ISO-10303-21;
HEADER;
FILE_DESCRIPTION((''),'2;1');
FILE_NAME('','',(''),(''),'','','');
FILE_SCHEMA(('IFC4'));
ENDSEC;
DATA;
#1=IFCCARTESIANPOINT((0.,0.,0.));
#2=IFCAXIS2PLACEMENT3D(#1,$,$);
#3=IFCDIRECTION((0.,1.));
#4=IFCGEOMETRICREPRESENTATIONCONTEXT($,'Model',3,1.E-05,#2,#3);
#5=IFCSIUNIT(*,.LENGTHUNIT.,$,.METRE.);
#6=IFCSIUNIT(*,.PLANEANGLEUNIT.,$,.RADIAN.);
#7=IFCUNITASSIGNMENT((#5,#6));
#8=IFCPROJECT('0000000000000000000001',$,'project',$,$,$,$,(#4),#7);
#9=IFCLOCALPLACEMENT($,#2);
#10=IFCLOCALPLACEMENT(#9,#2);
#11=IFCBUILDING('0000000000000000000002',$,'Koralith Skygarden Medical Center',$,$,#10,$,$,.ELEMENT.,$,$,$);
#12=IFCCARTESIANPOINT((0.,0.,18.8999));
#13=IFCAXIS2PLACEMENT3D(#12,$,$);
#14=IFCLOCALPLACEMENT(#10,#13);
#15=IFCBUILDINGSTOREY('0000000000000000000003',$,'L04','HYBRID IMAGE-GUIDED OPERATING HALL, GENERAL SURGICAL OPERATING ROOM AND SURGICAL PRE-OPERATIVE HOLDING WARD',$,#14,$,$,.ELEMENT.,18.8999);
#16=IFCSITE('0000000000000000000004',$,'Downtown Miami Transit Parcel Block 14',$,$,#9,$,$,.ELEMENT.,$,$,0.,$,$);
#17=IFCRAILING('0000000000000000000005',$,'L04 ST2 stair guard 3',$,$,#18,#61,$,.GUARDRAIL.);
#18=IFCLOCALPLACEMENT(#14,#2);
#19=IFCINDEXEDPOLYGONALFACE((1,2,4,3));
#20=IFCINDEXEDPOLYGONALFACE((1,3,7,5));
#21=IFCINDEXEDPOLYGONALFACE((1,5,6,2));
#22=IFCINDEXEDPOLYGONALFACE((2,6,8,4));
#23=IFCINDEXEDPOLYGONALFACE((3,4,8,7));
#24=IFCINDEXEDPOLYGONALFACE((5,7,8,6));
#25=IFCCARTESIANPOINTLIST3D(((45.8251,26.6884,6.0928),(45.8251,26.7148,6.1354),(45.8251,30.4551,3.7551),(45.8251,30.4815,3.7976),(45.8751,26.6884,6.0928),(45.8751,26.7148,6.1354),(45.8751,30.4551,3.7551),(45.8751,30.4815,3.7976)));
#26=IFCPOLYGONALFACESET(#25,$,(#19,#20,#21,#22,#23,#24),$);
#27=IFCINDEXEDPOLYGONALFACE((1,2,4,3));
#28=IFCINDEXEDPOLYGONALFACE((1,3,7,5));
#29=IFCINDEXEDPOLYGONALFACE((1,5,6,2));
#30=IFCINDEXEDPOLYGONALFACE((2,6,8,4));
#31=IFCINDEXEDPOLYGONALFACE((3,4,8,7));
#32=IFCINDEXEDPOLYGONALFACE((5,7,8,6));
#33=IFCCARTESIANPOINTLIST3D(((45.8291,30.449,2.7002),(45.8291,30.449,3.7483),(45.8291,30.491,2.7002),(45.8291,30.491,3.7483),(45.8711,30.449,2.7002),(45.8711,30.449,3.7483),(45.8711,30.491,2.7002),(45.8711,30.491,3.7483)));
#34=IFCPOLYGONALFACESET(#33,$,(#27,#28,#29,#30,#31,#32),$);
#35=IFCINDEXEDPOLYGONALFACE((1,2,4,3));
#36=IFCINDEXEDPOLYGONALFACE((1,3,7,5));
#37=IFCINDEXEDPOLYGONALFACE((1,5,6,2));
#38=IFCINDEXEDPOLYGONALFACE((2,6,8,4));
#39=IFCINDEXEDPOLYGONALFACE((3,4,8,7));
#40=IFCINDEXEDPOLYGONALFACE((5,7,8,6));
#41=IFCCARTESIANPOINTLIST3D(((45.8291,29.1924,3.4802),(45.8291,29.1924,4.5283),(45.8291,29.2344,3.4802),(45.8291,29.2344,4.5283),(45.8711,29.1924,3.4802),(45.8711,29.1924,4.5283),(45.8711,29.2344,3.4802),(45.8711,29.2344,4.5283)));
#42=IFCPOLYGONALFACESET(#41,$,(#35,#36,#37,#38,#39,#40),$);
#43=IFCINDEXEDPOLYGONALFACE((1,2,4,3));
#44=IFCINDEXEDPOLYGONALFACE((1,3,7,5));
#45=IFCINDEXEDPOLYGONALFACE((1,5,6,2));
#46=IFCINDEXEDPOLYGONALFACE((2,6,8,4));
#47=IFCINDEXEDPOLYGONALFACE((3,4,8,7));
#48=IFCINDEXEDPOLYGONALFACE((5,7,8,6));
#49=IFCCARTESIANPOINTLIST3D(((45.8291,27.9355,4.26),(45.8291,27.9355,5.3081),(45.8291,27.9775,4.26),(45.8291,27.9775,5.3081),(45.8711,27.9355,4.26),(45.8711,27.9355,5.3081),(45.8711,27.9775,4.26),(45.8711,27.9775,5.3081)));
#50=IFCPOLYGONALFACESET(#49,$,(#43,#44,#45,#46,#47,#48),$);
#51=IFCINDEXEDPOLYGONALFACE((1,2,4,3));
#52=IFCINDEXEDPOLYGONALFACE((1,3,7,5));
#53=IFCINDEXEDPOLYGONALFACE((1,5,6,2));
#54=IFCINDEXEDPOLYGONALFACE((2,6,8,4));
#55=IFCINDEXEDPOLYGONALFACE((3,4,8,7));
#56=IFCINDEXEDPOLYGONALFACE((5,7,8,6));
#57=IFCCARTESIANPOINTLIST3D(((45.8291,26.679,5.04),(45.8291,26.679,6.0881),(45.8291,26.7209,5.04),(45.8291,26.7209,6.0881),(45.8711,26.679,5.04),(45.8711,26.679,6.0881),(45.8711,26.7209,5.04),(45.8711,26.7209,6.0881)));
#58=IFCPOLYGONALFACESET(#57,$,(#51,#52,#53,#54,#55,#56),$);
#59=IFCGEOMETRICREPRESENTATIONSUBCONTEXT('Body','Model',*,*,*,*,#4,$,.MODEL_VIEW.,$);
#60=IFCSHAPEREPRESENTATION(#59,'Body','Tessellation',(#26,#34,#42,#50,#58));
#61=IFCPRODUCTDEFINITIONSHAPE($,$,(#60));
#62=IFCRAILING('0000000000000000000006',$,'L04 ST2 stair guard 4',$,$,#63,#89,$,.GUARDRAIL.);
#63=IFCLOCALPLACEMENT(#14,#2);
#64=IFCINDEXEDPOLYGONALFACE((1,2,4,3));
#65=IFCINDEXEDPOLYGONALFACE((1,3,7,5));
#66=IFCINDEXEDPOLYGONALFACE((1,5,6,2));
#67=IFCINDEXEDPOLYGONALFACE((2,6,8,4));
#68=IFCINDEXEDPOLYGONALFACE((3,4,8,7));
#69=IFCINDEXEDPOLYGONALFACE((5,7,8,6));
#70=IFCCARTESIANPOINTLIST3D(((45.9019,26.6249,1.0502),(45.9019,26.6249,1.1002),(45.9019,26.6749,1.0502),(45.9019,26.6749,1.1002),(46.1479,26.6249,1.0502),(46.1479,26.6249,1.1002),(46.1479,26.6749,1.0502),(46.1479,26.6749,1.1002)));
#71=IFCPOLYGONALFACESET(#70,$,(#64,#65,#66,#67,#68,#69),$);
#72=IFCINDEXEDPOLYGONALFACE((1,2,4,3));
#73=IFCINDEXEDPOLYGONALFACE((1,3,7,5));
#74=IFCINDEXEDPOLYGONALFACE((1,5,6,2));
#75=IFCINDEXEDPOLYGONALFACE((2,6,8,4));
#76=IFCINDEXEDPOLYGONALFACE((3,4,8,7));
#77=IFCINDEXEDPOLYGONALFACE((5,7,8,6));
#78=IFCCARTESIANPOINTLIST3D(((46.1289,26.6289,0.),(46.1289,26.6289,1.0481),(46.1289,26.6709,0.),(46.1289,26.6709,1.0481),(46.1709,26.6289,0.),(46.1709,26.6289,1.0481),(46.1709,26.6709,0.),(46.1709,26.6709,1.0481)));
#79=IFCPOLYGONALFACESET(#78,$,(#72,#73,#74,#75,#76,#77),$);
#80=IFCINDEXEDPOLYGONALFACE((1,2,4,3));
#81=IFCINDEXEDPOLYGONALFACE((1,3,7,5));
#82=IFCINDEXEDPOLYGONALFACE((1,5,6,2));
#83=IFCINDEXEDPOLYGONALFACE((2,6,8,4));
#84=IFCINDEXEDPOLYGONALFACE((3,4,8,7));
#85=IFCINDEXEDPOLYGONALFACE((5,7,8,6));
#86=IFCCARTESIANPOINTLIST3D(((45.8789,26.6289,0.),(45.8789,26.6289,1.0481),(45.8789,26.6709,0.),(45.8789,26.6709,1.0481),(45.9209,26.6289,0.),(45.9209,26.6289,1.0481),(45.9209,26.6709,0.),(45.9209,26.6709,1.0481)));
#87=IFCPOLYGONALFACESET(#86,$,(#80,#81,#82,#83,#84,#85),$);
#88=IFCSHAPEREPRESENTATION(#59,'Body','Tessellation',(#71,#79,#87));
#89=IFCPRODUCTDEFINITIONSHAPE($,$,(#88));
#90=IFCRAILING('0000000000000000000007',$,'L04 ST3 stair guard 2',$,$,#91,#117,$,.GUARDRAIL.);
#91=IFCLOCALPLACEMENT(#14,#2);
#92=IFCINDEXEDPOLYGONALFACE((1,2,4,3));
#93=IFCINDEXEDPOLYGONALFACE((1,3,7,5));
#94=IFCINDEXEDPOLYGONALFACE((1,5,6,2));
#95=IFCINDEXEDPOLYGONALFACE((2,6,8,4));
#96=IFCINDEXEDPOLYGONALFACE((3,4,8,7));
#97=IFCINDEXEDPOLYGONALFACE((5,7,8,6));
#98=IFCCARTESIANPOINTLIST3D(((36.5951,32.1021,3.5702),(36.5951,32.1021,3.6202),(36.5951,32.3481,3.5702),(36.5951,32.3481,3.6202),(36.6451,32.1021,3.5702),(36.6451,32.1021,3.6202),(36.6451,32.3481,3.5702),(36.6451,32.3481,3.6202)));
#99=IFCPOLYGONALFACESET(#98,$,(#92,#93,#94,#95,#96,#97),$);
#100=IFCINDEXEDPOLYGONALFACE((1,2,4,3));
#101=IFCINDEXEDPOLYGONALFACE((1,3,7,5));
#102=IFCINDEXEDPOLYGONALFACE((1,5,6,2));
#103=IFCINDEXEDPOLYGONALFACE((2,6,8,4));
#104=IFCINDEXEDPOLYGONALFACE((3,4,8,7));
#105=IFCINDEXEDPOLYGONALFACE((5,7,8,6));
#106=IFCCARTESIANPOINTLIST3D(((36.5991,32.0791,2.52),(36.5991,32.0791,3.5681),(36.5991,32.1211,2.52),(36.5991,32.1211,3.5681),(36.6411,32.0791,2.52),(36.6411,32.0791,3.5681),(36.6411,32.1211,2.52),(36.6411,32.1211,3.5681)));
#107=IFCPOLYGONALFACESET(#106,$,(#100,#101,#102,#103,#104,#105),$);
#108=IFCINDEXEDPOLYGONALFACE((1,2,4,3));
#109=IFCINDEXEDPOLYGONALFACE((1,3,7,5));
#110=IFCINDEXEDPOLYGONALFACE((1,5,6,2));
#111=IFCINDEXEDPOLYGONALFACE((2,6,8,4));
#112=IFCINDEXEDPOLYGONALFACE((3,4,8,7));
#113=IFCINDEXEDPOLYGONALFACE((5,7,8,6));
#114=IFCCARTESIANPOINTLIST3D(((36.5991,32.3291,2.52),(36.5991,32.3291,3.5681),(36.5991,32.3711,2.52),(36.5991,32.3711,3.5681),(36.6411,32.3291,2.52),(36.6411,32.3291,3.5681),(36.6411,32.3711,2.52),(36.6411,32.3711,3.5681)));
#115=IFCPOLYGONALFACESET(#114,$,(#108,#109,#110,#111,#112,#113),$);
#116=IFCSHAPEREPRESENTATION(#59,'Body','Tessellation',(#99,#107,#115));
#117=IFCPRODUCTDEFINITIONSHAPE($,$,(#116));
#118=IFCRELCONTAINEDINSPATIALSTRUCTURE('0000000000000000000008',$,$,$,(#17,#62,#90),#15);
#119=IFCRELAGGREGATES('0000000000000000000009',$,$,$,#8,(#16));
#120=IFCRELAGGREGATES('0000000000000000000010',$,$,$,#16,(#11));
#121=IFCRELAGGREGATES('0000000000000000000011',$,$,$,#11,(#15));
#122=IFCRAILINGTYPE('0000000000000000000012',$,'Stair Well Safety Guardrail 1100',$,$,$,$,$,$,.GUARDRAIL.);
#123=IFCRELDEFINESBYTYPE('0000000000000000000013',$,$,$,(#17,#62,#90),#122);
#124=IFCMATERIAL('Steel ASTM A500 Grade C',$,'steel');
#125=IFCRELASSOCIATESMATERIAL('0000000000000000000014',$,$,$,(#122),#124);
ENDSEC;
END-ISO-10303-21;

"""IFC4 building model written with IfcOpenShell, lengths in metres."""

from ifc_helpers import new_model, si_unit, direction, frame, origin, origin_2d, place, context, subcontext, project, spatial, rectangle, extrude, material, type_object, element, save


model = new_model("IFC4")

# Units and contexts
model_context = context("Model", 3, precision=1e-05, world=origin(), true_north=direction((0.0, 1.0)))
body_context = subcontext(model_context, "Body", "Model", "MODEL_VIEW")
ifc_project = project(units=[si_unit("LENGTHUNIT", "METRE"), si_unit("PLANEANGLEUNIT", "RADIAN")], contexts=[model_context])

# Site, building, storey
site_placement = place(None, origin())
site = spatial("IfcSite", under=ifc_project, at=site_placement, Name="Downtown Miami Transit Parcel Block 14", CompositionType="ELEMENT", RefElevation=0.0)
building_placement = place(site_placement, origin())
building = spatial("IfcBuilding", under=site, at=building_placement, Name="Koralith Skygarden Medical Center", CompositionType="ELEMENT")
storey_placement = place(building_placement, frame((0.0, 0.0, 18.8999)))
storey = spatial("IfcBuildingStorey", under=building, at=storey_placement, Name="L04", Description="HYBRID IMAGE-GUIDED OPERATING HALL, GENERAL SURGICAL OPERATING ROOM AND SURGICAL PRE-OPERATIVE HOLDING WARD", CompositionType="ELEMENT", Elevation=18.8999)

# Railings
ifc_material_1 = material(Name="Steel ASTM A500 Grade C", Category="steel")
railing_type_1 = type_object("IfcRailingType", Name="Stair Well Safety Guardrail 1100", PredefinedType="GUARDRAIL", material=ifc_material_1)
railing_1_placement = place(storey_placement, frame((45.8501, 30.47, 2.7002)))
element("IfcRailing", 1, at=railing_1_placement, inside=storey, type_object=railing_type_1, Name="L04 ST2 stair guard 3", PredefinedType="GUARDRAIL", context=body_context, shape_type="SweptSolid", body=[
    extrude(rectangle(XDim=0.05, YDim=0.05, at=origin_2d()), frame((0.0, -0.0017, 1.0762), z_axis=(0.0, -0.849657, 0.527335), x_axis=(1.0, 0.0, 0.0)), (0.0, 0.0, 1.0), 4.4331),
    extrude(rectangle(XDim=0.042, YDim=0.042, at=origin_2d()), origin(), (0.0, 0.0, 1.0), 1.0481),
    extrude(rectangle(XDim=0.042, YDim=0.042, at=origin_2d()), frame((0.0, -1.2566, 0.78)), (0.0, 0.0, 1.0), 1.0481),
    extrude(rectangle(XDim=0.042, YDim=0.042, at=origin_2d()), frame((0.0, -2.5134, 1.5598)), (0.0, 0.0, 1.0), 1.0481),
    extrude(rectangle(XDim=0.042, YDim=0.042, at=origin_2d()), frame((0.0, -3.77, 2.3398)), (0.0, 0.0, 1.0), 1.0481),
])
railing_2_placement = place(storey_placement, frame((46.1499, 26.6499, 0.0)))
element("IfcRailing", 2, at=railing_2_placement, inside=storey, type_object=railing_type_1, Name="L04 ST2 stair guard 4", PredefinedType="GUARDRAIL", context=body_context, shape_type="SweptSolid", body=[
    extrude(rectangle(XDim=0.05, YDim=0.05, at=origin_2d()), frame((-0.002, 0.0, 1.0752), z_axis=(-1.0, 0.0, 0.0), x_axis=(0.0, -1.0, 0.0)), (0.0, 0.0, 1.0), 0.2461),
    extrude(rectangle(XDim=0.042, YDim=0.042, at=origin_2d()), origin(), (0.0, 0.0, 1.0), 1.0481),
    extrude(rectangle(XDim=0.042, YDim=0.042, at=origin_2d()), frame((-0.25, 0.0, 0.0)), (0.0, 0.0, 1.0), 1.0481),
])
railing_3_placement = place(storey_placement, frame((36.6201, 32.1001, 2.52)))
element("IfcRailing", 3, at=railing_3_placement, inside=storey, type_object=railing_type_1, Name="L04 ST3 stair guard 2", PredefinedType="GUARDRAIL", context=body_context, shape_type="SweptSolid", body=[
    extrude(rectangle(XDim=0.05, YDim=0.05, at=origin_2d()), frame((0.0, 0.002, 1.0752), z_axis=(0.0, 1.0, 0.0), x_axis=(-1.0, 0.0, 0.0)), (0.0, 0.0, 1.0), 0.2461),
    extrude(rectangle(XDim=0.042, YDim=0.042, at=origin_2d()), origin(), (0.0, 0.0, 1.0), 1.0481),
    extrude(rectangle(XDim=0.042, YDim=0.042, at=origin_2d()), frame((0.0, 0.25, 0.0)), (0.0, 0.0, 1.0), 1.0481),
])

save(model, "model.ifc")
